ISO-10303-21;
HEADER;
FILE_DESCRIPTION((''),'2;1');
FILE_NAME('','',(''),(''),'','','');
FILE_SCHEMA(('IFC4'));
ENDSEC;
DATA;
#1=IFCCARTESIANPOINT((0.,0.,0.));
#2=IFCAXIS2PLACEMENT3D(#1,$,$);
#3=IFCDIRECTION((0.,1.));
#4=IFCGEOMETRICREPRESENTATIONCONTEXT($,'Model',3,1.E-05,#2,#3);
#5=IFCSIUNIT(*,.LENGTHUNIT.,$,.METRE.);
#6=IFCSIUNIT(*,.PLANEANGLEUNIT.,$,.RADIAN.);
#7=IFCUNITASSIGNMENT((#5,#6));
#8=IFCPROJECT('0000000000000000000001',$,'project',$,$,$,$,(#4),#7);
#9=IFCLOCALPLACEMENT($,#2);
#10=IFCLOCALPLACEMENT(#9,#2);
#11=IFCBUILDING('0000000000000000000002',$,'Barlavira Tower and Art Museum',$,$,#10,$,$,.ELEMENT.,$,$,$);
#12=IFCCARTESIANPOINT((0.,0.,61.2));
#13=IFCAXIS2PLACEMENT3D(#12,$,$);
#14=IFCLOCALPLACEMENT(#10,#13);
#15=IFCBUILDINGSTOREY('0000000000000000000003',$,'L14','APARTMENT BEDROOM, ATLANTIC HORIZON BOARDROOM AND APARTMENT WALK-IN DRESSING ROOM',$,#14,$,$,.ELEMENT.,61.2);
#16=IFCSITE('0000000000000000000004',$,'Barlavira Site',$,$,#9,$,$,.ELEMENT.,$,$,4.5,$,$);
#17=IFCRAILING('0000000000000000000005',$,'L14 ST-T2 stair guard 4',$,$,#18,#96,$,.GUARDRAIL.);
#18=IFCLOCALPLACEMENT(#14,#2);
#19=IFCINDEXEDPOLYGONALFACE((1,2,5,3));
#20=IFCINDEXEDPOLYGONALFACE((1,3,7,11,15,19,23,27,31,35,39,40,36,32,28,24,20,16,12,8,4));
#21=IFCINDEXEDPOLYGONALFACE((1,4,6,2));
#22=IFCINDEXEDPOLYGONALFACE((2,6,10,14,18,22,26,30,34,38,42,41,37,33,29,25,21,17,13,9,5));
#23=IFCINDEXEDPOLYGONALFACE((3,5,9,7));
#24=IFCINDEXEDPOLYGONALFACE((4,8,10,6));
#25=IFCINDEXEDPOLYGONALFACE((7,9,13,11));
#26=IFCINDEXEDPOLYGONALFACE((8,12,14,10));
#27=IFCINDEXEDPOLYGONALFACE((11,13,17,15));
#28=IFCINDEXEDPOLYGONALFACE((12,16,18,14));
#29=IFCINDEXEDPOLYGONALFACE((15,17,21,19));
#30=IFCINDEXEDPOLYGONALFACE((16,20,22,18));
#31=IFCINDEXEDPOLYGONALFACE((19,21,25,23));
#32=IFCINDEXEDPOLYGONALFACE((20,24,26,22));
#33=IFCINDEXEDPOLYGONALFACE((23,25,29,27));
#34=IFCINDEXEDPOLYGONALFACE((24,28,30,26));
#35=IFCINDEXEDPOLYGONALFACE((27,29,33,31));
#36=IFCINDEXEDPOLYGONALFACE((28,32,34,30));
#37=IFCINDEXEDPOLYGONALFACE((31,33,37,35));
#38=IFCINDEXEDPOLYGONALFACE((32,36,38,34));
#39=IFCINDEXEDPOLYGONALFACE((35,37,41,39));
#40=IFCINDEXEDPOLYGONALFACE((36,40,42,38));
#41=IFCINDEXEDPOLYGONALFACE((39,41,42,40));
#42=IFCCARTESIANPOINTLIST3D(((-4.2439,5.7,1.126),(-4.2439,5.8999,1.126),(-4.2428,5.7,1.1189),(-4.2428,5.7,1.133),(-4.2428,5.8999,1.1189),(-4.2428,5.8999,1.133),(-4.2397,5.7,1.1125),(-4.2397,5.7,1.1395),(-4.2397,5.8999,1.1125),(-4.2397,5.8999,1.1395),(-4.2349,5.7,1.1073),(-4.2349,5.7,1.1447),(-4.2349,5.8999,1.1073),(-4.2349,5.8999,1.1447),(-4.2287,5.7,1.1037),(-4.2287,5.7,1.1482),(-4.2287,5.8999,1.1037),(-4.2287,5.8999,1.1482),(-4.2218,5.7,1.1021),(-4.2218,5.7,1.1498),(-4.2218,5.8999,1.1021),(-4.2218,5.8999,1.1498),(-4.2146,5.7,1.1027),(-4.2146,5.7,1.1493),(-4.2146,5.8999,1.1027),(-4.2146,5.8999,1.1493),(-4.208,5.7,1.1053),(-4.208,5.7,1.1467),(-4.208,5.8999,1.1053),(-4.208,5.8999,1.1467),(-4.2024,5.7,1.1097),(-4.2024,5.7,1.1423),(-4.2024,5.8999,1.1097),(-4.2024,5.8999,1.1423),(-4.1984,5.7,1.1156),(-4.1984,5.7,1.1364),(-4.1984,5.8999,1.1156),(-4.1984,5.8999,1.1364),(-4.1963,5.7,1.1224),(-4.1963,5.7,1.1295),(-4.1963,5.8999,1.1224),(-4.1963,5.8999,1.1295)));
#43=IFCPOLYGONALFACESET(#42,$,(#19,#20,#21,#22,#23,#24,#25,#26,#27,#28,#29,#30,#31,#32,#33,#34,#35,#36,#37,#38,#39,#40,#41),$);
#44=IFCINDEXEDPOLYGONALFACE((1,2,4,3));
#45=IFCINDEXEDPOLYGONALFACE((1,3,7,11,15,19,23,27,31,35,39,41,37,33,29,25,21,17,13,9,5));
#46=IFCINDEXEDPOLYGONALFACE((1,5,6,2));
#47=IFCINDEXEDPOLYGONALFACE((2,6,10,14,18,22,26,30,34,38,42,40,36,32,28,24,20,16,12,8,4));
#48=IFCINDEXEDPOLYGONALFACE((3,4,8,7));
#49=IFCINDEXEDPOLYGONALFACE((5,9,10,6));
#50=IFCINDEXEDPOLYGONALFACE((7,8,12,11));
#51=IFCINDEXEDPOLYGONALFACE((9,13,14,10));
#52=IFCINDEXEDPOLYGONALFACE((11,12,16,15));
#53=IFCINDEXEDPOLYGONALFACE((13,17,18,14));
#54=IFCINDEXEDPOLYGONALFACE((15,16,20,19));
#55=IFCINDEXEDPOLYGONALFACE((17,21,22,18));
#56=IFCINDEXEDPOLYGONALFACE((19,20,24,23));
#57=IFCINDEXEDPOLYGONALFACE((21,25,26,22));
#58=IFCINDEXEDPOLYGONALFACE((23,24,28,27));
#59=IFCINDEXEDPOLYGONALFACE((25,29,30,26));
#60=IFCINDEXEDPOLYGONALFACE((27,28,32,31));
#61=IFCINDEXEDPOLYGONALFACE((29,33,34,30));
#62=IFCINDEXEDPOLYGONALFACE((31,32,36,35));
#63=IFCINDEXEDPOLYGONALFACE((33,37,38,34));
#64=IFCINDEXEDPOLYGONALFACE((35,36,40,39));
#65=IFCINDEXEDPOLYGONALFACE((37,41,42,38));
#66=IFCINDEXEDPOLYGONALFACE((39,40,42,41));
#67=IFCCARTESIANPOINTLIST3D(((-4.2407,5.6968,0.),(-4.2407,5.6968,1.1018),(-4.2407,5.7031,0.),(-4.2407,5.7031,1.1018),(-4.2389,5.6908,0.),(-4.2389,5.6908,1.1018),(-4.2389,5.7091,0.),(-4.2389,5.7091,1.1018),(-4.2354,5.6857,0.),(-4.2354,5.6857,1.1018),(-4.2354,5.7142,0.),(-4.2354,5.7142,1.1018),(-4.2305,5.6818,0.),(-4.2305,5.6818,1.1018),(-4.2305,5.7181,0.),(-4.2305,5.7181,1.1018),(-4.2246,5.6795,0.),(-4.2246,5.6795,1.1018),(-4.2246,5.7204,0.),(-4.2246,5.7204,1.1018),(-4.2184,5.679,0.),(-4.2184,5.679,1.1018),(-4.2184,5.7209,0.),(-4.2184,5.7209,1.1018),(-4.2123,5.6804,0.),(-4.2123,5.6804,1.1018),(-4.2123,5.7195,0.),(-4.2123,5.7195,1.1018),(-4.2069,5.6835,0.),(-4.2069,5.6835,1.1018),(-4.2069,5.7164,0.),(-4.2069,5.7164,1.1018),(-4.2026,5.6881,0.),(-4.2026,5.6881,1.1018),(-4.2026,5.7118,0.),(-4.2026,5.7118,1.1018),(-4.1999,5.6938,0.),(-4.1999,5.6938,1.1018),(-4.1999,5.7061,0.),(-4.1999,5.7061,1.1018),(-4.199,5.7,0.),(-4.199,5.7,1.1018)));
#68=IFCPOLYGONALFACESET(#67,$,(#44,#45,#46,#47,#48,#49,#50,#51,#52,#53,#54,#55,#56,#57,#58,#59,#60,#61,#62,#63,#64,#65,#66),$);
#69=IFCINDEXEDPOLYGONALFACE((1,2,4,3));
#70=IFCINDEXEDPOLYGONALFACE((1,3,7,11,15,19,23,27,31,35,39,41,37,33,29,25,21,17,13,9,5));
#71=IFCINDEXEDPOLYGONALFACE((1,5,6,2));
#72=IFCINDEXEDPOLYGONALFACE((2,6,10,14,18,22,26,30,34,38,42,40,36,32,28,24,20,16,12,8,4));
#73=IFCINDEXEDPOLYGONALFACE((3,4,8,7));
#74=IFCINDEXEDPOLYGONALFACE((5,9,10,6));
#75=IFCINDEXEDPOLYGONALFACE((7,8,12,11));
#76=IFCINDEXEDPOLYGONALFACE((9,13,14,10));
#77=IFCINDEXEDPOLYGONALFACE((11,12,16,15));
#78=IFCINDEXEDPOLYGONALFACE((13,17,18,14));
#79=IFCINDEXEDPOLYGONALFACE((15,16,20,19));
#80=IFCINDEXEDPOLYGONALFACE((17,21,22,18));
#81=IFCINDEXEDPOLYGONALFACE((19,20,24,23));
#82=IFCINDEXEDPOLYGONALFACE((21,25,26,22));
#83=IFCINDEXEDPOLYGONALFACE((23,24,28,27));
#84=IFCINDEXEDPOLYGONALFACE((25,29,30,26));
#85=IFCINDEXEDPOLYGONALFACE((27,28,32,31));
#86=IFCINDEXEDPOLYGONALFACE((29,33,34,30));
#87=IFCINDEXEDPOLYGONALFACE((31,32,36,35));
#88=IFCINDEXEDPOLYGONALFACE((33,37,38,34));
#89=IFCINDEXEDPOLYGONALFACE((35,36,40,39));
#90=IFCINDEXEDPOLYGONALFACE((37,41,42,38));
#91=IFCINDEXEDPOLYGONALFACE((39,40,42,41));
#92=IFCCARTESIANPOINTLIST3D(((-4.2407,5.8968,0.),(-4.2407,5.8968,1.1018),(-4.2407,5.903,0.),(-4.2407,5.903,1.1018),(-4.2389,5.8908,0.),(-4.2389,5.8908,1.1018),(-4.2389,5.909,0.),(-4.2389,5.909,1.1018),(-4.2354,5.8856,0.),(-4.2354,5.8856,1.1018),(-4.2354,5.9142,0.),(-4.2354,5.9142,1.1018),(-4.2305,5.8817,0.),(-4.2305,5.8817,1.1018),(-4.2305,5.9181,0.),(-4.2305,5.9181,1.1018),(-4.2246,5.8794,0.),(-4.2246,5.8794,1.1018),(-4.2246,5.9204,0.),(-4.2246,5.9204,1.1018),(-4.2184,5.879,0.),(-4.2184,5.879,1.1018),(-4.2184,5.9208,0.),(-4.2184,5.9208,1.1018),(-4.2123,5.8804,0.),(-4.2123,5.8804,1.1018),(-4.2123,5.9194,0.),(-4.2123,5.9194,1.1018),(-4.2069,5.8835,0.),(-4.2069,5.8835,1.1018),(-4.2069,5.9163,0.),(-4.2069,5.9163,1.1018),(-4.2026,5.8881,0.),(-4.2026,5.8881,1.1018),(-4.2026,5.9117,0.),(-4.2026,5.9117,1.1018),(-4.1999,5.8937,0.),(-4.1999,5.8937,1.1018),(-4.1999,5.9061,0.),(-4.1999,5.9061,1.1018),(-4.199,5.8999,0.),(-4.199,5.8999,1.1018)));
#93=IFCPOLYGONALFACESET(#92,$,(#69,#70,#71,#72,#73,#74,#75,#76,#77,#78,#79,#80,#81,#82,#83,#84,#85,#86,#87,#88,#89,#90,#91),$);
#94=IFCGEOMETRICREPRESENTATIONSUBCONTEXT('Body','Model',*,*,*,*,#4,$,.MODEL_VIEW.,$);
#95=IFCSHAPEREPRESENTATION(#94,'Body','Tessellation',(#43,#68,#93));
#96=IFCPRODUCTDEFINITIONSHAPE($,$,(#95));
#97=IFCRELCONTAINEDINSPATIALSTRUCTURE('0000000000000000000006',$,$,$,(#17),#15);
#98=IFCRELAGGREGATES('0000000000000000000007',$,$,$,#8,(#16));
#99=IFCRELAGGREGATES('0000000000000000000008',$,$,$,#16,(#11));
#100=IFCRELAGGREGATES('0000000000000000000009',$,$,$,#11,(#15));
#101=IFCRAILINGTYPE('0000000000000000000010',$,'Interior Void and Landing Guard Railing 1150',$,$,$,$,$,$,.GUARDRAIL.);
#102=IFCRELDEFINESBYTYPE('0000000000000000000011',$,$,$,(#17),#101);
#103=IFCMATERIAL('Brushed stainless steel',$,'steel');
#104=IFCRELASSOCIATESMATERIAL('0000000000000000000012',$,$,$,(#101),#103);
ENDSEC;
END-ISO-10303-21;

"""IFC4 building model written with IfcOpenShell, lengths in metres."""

from ifc_helpers import new_model, si_unit, direction, frame, origin, origin_2d, place, context, subcontext, project, spatial, circle, extrude, material, type_object, element, save


model = new_model("IFC4")

# Units and contexts
model_context = context("Model", 3, precision=1e-05, world=origin(), true_north=direction((0.0, 1.0)))
body_context = subcontext(model_context, "Body", "Model", "MODEL_VIEW")
ifc_project = project(units=[si_unit("LENGTHUNIT", "METRE"), si_unit("PLANEANGLEUNIT", "RADIAN")], contexts=[model_context])

# Site, building, storey
site_placement = place(None, origin())
site = spatial("IfcSite", under=ifc_project, at=site_placement, Name="Barlavira Site", CompositionType="ELEMENT", RefElevation=4.5)
building_placement = place(site_placement, origin())
building = spatial("IfcBuilding", under=site, at=building_placement, Name="Barlavira Tower and Art Museum", CompositionType="ELEMENT")
storey_placement = place(building_placement, frame((0.0, 0.0, 61.2)))
storey = spatial("IfcBuildingStorey", under=building, at=storey_placement, Name="L14", Description="APARTMENT BEDROOM, ATLANTIC HORIZON BOARDROOM AND APARTMENT WALK-IN DRESSING ROOM", CompositionType="ELEMENT", Elevation=61.2)

# Shared definitions
ifc_material_1 = material(Name="Brushed stainless steel", Category="steel")

# Railing
railing_type_1 = type_object("IfcRailingType", Name="Interior Void and Landing Guard Railing 1150", PredefinedType="GUARDRAIL", material=ifc_material_1)
railing_1_placement = place(storey_placement, frame((-4.22, 5.7, 0.0)))
element("IfcRailing", 1, at=railing_1_placement, inside=storey, type_object=railing_type_1, Name="L14 ST-T2 stair guard 4", PredefinedType="GUARDRAIL", context=body_context, shape_type="SweptSolid", body=[
    extrude(circle(Radius=0.0239, at=origin_2d()), frame((0.0, 0.0, 1.126), z_axis=(0.0, 1.0, 0.0), x_axis=(-1.0, 0.0, 0.0)), (0.0, 0.0, 1.0), 0.2),
    extrude(circle(Radius=0.021, at=origin_2d()), origin(), (0.0, 0.0, 1.0), 1.1018),
    extrude(circle(Radius=0.021, at=origin_2d()), frame((0.0, 0.2, 0.0)), (0.0, 0.0, 1.0), 1.1018),
])

save(model, "model.ifc")
